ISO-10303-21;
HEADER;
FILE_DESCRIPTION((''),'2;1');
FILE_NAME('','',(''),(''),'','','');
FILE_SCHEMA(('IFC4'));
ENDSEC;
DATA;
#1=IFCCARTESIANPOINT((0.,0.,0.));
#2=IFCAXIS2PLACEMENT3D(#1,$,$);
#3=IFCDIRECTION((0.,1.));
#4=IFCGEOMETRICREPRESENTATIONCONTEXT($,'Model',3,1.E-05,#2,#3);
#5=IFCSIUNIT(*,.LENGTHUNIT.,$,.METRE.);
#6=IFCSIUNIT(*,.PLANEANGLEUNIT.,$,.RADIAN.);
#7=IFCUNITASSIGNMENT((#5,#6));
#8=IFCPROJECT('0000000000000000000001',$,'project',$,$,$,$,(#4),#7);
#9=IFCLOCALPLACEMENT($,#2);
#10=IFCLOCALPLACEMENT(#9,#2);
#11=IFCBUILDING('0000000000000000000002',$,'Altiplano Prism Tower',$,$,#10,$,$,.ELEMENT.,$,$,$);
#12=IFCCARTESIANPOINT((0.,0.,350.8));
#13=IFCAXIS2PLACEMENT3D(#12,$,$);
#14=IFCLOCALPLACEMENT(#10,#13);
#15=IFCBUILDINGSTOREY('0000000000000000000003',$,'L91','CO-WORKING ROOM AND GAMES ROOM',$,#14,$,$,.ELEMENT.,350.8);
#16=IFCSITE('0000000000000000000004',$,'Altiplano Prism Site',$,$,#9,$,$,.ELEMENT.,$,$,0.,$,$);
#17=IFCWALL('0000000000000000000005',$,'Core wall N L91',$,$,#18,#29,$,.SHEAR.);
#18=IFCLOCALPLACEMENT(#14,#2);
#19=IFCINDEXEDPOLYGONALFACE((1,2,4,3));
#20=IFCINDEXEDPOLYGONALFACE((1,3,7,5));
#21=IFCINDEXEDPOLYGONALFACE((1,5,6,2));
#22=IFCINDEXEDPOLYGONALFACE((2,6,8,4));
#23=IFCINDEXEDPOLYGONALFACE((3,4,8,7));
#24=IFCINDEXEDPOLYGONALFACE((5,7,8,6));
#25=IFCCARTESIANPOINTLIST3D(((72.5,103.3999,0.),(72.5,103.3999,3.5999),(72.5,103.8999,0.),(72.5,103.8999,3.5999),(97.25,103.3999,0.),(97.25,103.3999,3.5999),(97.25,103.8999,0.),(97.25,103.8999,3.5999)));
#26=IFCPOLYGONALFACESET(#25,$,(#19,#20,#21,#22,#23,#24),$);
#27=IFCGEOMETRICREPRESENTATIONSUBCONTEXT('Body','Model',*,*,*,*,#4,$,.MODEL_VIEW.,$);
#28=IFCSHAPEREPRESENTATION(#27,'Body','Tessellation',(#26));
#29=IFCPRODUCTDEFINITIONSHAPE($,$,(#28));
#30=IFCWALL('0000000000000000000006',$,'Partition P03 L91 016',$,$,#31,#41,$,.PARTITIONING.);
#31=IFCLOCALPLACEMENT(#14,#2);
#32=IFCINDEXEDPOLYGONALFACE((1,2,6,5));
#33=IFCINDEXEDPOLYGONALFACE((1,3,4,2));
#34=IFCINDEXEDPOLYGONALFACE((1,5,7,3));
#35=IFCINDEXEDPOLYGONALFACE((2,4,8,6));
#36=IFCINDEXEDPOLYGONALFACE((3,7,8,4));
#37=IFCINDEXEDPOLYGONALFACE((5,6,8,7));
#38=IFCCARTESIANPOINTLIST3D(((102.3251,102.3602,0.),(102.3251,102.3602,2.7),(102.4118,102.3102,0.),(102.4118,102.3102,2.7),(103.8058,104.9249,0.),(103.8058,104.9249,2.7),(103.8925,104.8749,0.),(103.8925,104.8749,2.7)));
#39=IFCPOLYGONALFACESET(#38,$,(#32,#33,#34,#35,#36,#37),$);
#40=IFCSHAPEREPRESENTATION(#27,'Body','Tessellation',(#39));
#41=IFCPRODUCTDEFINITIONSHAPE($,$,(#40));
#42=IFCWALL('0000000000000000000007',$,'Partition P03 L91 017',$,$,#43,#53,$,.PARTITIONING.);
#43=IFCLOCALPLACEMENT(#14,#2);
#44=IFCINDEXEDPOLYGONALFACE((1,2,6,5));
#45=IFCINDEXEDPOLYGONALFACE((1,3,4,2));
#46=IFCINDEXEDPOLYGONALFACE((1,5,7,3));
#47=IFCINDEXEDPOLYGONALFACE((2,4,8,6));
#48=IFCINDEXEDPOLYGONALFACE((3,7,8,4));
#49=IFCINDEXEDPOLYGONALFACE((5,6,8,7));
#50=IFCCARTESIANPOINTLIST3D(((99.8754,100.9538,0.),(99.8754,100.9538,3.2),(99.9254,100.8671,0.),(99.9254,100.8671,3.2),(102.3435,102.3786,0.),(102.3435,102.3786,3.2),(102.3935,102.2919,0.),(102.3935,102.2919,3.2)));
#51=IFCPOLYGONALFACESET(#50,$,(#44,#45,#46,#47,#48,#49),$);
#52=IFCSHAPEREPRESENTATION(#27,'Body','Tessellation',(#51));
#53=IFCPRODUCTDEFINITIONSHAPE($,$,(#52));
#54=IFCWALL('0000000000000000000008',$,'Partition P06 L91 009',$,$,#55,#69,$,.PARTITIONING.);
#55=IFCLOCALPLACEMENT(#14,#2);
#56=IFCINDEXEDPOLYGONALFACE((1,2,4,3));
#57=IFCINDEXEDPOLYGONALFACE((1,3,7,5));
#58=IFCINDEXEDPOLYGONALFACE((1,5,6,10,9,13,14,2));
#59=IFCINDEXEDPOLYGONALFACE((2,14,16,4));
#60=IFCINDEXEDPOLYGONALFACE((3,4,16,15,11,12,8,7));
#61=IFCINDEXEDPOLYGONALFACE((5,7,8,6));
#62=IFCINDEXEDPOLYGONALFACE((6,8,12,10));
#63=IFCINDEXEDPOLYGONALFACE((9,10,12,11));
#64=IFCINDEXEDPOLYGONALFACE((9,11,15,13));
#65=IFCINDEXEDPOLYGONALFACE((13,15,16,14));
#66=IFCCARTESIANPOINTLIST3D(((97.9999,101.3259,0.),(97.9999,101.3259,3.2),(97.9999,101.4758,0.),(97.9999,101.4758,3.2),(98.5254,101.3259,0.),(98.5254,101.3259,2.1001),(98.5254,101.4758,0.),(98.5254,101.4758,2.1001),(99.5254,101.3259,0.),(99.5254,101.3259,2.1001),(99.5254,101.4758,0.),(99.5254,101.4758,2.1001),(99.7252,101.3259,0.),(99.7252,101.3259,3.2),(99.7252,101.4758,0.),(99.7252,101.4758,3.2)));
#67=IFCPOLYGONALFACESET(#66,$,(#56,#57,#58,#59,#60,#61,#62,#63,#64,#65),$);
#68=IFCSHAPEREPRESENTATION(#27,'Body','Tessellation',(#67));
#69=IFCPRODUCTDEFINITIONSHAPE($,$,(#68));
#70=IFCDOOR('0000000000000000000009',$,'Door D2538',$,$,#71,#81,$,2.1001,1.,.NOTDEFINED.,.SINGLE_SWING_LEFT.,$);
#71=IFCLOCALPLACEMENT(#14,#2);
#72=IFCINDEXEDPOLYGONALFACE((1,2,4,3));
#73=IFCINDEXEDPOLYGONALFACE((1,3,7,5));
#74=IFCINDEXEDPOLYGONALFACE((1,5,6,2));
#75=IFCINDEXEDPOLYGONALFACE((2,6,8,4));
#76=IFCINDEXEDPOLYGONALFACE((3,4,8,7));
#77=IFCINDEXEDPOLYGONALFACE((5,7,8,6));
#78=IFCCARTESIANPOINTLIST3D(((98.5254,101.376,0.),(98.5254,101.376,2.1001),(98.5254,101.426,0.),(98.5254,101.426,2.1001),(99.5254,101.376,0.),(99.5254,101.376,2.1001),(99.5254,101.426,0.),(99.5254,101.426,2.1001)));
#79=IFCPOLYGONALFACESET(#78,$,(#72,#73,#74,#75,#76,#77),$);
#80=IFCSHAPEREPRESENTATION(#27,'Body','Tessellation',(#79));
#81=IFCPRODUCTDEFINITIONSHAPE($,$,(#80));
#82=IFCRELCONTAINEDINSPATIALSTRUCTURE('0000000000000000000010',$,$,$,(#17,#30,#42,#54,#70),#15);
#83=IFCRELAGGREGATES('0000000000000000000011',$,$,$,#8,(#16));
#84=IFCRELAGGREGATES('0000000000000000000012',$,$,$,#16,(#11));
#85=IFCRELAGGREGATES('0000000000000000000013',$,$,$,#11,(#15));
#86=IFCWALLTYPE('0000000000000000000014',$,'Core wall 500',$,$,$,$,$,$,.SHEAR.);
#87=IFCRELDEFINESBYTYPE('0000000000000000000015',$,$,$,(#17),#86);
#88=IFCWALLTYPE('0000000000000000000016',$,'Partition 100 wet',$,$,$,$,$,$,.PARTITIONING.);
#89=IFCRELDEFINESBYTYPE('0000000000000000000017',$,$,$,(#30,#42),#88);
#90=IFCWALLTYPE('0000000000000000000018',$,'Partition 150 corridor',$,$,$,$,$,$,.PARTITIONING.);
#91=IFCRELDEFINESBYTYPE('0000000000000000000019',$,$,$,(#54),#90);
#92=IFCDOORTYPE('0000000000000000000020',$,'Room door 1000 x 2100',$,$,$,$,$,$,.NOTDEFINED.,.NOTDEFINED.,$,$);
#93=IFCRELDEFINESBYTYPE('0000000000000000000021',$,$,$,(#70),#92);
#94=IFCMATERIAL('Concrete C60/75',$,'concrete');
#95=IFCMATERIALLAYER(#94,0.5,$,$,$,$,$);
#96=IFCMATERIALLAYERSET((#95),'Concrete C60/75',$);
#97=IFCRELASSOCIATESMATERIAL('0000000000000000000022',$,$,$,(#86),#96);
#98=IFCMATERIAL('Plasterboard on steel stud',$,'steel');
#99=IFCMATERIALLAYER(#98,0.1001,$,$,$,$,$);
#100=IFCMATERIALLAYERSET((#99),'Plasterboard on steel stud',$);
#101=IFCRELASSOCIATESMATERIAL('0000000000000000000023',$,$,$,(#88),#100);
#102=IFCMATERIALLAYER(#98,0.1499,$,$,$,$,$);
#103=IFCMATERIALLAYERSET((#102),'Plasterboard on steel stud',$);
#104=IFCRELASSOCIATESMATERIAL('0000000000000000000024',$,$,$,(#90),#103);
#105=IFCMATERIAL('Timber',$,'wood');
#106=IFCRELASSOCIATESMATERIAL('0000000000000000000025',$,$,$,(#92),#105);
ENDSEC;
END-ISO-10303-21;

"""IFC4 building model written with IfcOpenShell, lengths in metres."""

from ifc_helpers import new_model, si_unit, direction, frame, frame_2d, origin, place, context, subcontext, project, spatial, rectangle, extrude, material, layer, layer_set, type_object, element, fill, save


model = new_model("IFC4")

# Units and contexts
model_context = context("Model", 3, precision=1e-05, world=origin(), true_north=direction((0.0, 1.0)))
body_context = subcontext(model_context, "Body", "Model", "MODEL_VIEW")
ifc_project = project(units=[si_unit("LENGTHUNIT", "METRE"), si_unit("PLANEANGLEUNIT", "RADIAN")], contexts=[model_context])

# Site, building, storey
site_placement = place(None, origin())
site = spatial("IfcSite", under=ifc_project, at=site_placement, Name="Altiplano Prism Site", CompositionType="ELEMENT", RefElevation=0.0)
building_placement = place(site_placement, origin())
building = spatial("IfcBuilding", under=site, at=building_placement, Name="Altiplano Prism Tower", CompositionType="ELEMENT")
storey_placement = place(building_placement, frame((0.0, 0.0, 350.8)))
storey = spatial("IfcBuildingStorey", under=building, at=storey_placement, Name="L91", Description="CO-WORKING ROOM AND GAMES ROOM", CompositionType="ELEMENT", Elevation=350.8)

# Shared definitions
ifc_material_1 = material(Name="Concrete C60/75", Category="concrete")

# Walls
ifc_layer_1 = layer(ifc_material_1, 0.5)
ifc_layer_set_1 = layer_set([ifc_layer_1], Name="Concrete C60/75")
wall_type_1 = type_object("IfcWallType", Name="Core wall 500", PredefinedType="SHEAR", material=ifc_layer_set_1)
wall_1_placement = place(storey_placement, frame((97.25, 103.6499, 0.0), z_axis=(0.0, 0.0, 1.0), x_axis=(-1.0, 0.0, 0.0)))
element("IfcWall", 1, at=wall_1_placement, inside=storey, type_object=wall_type_1, Name="Core wall N L91", PredefinedType="SHEAR", context=body_context, shape_type="SweptSolid", body=[
    extrude(rectangle(XDim=24.75, YDim=0.5, at=frame_2d((12.375, 0.0))), origin(), (0.0, 0.0, 1.0), 3.5999),
])
ifc_material_2 = material(Name="Plasterboard on steel stud", Category="steel")
ifc_layer_2 = layer(ifc_material_2, 0.1001)
ifc_layer_set_2 = layer_set([ifc_layer_2], Name="Plasterboard on steel stud")
wall_type_2 = type_object("IfcWallType", Name="Partition 100 wet", PredefinedType="PARTITIONING", material=ifc_layer_set_2)
wall_2_placement = place(storey_placement, frame((103.8491, 104.8999, 0.0), z_axis=(0.0, 0.0, 1.0), x_axis=(-0.499996, -0.866028, 0.0)))
element("IfcWall", 2, at=wall_2_placement, inside=storey, type_object=wall_type_2, Name="Partition P03 L91 016", PredefinedType="PARTITIONING", context=body_context, shape_type="SweptSolid", body=[
    extrude(rectangle(XDim=2.9614, YDim=0.1001, at=frame_2d((1.4807, 0.0))), origin(), (0.0, 0.0, 1.0), 2.7),
])
wall_3_placement = place(storey_placement, frame((102.3684, 102.3352, 0.0), z_axis=(0.0, 0.0, 1.0), x_axis=(-0.866041, -0.499972, 0.0)))
element("IfcWall", 3, at=wall_3_placement, inside=storey, type_object=wall_type_2, Name="Partition P03 L91 017", PredefinedType="PARTITIONING", context=body_context, shape_type="SweptSolid", body=[
    extrude(rectangle(XDim=2.8499, YDim=0.1001, at=frame_2d((1.4248, 0.0))), origin(), (0.0, 0.0, 1.0), 3.2),
])

# Wall, opening, door
ifc_layer_3 = layer(ifc_material_2, 0.1499)
ifc_layer_set_3 = layer_set([ifc_layer_3], Name="Plasterboard on steel stud")
wall_type_3 = type_object("IfcWallType", Name="Partition 150 corridor", PredefinedType="PARTITIONING", material=ifc_layer_set_3)
wall_4_placement = place(storey_placement, frame((99.7253, 101.4009, 0.0), z_axis=(0.0, 0.0, 1.0), x_axis=(-1.0, 0.0, 0.0)))
wall_4 = element("IfcWall", 4, at=wall_4_placement, inside=storey, type_object=wall_type_3, Name="Partition P06 L91 009", PredefinedType="PARTITIONING", context=body_context, shape_type="SweptSolid", body=[
    extrude(rectangle(XDim=1.7253, YDim=0.1499, at=frame_2d((0.8628, 0.0))), origin(), (0.0, 0.0, 1.0), 3.2),
])
opening_placement = place(wall_4_placement, frame((0.2, 0.0, 0.0)))
opening = element("IfcOpeningElement", 5, at=opening_placement, cuts=wall_4, PredefinedType="OPENING", context=body_context, shape_type="SweptSolid", body=[
    extrude(rectangle(XDim=1.0, YDim=2.1001, at=frame_2d((0.5, 1.05))), frame((0.0, 0.0854, 0.0), z_axis=(0.0, -1.0, 0.0), x_axis=(1.0, 0.0, 0.0)), (0.0, 0.0, 1.0), 0.1709),
])
ifc_material_3 = material(Name="Timber", Category="wood")
door_type = type_object("IfcDoorType", Name="Room door 1000 x 2100", OperationType="NOTDEFINED", PredefinedType="NOTDEFINED", material=ifc_material_3)
door_placement = place(opening_placement, origin())
door = element("IfcDoor", 6, at=door_placement, inside=storey, type_object=door_type, Name="Door D2538", OperationType="SINGLE_SWING_LEFT", OverallHeight=2.1001, OverallWidth=1.0, PredefinedType="NOTDEFINED", context=body_context, shape_type="SweptSolid", body=[
    extrude(rectangle(XDim=1.0, YDim=2.1001, at=frame_2d((0.5, 1.05))), frame((0.0, 0.0249, 0.0), z_axis=(0.0, -1.0, 0.0), x_axis=(1.0, 0.0, 0.0)), (0.0, 0.0, 1.0), 0.05),
])
fill(opening, door)

save(model, "model.ifc")
